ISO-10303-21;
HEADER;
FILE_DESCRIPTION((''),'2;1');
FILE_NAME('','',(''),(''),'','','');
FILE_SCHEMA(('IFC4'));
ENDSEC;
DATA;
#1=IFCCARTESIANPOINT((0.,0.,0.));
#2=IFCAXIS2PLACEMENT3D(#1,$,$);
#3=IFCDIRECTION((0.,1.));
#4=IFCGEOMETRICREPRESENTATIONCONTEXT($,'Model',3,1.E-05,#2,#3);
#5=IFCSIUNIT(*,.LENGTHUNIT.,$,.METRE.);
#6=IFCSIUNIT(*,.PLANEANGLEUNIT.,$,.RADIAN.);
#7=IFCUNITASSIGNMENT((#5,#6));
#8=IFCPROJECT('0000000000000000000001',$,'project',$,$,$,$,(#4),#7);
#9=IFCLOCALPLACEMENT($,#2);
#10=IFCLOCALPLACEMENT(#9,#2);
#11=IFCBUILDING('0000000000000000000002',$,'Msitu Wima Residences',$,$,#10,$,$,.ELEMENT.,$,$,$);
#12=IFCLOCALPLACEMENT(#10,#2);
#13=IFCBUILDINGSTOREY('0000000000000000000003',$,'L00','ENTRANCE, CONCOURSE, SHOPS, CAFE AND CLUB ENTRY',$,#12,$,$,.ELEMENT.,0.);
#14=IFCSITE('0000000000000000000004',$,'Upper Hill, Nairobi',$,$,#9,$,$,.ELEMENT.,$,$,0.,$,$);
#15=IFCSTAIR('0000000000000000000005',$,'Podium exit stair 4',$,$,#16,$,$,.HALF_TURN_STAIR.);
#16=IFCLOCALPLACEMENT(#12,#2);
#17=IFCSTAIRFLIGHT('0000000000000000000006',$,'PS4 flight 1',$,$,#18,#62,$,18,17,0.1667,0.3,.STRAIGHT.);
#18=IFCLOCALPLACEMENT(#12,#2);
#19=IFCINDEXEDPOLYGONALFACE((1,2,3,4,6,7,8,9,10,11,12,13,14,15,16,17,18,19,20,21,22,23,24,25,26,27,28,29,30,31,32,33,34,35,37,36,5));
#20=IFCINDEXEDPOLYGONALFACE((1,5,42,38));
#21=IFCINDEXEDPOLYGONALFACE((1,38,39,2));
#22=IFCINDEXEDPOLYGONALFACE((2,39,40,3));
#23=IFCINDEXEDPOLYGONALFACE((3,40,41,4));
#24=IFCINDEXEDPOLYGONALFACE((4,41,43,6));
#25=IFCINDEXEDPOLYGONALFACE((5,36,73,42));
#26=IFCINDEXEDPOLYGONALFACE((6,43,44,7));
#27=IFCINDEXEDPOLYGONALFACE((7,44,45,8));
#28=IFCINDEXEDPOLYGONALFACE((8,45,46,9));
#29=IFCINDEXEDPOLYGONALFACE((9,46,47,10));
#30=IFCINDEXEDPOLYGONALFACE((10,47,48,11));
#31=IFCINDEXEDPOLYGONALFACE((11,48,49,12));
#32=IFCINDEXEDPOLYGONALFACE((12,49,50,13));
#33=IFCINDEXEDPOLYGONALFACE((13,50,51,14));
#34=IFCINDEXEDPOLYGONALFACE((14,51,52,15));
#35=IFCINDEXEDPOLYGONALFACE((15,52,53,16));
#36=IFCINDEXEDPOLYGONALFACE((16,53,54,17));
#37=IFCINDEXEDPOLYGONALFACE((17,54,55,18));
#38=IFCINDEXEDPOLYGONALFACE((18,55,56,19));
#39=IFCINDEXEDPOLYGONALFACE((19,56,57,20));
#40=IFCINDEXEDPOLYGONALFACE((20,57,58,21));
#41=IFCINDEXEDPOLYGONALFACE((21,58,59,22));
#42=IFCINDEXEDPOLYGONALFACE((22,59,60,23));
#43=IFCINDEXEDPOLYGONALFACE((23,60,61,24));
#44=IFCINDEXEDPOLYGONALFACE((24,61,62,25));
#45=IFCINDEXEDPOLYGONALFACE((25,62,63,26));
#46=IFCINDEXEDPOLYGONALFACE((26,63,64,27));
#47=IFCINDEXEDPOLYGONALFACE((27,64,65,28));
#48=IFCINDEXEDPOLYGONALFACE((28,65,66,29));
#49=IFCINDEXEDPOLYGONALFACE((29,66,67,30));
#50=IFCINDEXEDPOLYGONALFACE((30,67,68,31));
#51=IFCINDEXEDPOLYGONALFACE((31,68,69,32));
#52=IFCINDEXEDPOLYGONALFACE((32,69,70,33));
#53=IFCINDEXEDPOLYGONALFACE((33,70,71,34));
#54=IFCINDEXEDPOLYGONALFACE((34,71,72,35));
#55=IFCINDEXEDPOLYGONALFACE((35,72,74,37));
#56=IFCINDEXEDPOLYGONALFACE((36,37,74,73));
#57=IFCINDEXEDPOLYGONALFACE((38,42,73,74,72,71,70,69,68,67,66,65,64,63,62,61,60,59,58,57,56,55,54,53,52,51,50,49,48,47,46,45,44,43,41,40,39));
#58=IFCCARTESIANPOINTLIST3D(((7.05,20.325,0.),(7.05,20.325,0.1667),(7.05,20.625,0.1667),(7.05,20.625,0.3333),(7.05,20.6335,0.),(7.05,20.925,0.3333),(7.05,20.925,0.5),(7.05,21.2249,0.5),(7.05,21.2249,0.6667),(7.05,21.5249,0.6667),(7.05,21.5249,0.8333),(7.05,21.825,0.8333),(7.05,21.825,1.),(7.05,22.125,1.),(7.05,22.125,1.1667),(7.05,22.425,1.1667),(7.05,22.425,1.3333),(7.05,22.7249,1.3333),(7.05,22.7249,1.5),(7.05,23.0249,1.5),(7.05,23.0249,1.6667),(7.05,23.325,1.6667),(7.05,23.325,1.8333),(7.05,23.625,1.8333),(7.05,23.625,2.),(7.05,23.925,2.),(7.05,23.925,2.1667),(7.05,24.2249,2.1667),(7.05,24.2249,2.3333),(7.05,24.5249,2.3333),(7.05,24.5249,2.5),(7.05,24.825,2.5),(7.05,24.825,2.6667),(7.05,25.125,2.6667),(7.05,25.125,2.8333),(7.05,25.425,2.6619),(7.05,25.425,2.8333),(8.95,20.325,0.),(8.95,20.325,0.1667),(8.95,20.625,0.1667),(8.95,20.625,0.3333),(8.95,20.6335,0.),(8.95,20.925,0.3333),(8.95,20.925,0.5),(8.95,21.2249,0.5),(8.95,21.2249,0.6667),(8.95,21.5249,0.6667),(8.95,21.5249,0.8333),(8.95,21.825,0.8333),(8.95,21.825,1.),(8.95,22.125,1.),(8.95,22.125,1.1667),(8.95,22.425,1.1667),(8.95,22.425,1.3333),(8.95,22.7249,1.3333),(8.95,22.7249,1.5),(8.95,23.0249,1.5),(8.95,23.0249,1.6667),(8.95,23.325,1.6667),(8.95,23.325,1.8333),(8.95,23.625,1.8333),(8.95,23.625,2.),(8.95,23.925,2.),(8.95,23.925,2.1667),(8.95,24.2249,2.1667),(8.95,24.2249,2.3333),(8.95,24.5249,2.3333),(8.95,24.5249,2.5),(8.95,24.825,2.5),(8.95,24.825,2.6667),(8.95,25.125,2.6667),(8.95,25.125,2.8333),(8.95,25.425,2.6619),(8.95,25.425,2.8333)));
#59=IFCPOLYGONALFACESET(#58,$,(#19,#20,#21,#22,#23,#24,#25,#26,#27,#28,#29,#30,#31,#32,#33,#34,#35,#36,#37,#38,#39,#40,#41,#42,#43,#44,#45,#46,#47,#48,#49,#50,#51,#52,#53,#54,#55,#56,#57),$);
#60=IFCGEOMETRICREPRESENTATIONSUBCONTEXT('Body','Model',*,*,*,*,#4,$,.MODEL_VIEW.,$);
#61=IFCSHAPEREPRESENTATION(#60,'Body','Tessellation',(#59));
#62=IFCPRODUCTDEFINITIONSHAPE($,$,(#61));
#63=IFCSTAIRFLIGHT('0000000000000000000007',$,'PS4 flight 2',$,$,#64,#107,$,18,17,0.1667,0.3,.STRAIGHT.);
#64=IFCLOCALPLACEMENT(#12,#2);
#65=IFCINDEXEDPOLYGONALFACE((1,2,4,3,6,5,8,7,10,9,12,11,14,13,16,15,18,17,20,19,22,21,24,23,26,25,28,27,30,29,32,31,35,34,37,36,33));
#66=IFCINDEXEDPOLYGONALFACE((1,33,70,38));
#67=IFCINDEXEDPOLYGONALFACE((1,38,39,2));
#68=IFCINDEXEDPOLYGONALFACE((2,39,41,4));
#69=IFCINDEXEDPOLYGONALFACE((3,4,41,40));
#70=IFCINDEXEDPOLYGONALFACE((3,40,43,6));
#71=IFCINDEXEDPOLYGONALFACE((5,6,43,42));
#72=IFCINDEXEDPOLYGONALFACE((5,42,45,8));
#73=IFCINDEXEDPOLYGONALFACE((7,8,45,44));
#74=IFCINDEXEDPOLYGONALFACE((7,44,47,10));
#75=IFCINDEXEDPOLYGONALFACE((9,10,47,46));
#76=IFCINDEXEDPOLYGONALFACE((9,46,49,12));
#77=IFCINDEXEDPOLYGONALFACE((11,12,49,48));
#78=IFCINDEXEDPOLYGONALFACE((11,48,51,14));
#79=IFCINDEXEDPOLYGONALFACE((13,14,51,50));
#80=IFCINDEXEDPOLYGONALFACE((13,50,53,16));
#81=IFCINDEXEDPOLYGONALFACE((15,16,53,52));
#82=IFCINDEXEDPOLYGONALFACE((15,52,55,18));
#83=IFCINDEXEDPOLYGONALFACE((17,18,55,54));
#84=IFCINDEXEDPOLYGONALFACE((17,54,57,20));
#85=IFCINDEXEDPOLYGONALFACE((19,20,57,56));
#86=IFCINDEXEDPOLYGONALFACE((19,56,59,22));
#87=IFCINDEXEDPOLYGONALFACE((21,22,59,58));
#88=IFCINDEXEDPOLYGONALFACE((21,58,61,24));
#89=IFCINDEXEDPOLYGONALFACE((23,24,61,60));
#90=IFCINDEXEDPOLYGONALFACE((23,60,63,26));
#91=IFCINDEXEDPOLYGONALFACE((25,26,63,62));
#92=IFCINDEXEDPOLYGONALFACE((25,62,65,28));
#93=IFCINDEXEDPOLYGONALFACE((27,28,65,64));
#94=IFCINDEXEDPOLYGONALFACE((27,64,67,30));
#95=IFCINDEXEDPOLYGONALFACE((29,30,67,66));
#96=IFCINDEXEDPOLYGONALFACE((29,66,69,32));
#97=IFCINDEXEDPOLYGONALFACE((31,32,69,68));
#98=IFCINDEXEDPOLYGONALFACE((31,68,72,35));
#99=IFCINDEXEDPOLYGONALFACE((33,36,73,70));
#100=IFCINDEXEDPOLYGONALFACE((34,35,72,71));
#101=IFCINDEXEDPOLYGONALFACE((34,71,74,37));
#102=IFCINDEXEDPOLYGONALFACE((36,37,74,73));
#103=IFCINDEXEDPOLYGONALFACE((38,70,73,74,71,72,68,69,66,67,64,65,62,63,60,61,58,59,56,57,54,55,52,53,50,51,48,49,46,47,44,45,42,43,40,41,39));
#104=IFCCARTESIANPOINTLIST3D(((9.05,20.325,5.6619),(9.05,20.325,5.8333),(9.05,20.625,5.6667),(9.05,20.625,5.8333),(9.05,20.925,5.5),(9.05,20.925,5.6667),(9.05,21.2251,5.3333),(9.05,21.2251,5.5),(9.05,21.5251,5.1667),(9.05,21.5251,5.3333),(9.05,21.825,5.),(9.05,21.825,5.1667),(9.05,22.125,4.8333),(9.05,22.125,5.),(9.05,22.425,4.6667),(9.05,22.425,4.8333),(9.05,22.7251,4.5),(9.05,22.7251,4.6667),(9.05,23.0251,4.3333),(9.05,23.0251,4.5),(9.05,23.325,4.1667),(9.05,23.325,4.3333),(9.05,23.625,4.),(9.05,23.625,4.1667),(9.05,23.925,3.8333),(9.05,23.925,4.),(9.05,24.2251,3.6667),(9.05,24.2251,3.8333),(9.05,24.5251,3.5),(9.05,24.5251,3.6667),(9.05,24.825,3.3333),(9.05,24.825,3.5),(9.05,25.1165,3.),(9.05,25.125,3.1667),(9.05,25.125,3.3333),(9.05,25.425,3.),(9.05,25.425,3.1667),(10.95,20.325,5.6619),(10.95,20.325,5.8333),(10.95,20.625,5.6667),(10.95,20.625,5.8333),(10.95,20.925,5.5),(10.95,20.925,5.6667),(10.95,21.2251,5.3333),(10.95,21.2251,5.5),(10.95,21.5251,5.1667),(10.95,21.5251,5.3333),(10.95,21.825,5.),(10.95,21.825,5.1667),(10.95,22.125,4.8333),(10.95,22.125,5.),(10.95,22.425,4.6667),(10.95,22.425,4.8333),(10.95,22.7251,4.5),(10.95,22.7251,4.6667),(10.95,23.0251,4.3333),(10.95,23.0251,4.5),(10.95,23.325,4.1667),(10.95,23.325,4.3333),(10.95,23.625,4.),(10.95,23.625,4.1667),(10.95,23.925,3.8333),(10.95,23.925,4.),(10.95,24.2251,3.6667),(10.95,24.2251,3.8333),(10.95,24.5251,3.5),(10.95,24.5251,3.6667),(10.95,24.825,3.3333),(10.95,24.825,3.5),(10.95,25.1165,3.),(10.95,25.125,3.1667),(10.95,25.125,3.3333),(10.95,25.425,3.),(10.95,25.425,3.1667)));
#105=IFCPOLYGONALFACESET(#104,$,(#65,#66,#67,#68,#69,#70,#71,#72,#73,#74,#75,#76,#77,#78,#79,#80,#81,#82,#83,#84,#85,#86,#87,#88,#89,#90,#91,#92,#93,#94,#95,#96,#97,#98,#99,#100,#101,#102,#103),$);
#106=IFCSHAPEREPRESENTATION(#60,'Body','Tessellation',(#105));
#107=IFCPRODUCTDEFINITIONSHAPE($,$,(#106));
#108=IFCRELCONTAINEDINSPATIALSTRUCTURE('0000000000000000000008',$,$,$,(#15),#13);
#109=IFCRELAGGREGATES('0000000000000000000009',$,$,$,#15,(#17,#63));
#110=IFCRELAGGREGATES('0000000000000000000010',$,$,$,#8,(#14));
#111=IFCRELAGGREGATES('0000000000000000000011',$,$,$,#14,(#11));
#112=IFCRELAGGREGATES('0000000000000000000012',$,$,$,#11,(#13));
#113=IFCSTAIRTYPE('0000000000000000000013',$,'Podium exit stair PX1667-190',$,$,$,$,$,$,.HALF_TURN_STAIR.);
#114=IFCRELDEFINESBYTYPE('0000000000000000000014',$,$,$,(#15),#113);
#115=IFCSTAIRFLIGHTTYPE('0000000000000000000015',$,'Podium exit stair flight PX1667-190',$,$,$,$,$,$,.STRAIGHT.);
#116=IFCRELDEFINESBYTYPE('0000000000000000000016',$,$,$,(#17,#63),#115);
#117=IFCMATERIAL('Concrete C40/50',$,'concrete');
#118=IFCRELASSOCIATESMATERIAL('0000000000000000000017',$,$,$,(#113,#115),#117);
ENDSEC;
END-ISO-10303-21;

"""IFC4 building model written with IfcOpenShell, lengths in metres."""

from ifc_helpers import new_model, si_unit, direction, frame, origin, place, context, subcontext, project, spatial, polyline, outline, extrude, material, type_object, element, aggregate, save


model = new_model("IFC4")

# Units and contexts
model_context = context("Model", 3, precision=1e-05, world=origin(), true_north=direction((0.0, 1.0)))
body_context = subcontext(model_context, "Body", "Model", "MODEL_VIEW")
ifc_project = project(units=[si_unit("LENGTHUNIT", "METRE"), si_unit("PLANEANGLEUNIT", "RADIAN")], contexts=[model_context])

# Site, building, storey
site_placement = place(None, origin())
site = spatial("IfcSite", under=ifc_project, at=site_placement, Name="Upper Hill, Nairobi", CompositionType="ELEMENT", RefElevation=0.0)
building_placement = place(site_placement, origin())
building = spatial("IfcBuilding", under=site, at=building_placement, Name="Msitu Wima Residences", CompositionType="ELEMENT")
storey_placement = place(building_placement, origin())
storey = spatial("IfcBuildingStorey", under=building, at=storey_placement, Name="L00", Description="ENTRANCE, CONCOURSE, SHOPS, CAFE AND CLUB ENTRY", CompositionType="ELEMENT", Elevation=0.0)

# Shared definitions
ifc_material_1 = material(Name="Concrete C40/50", Category="concrete")

# Stair, stair flights
stair_type = type_object("IfcStairType", Name="Podium exit stair PX1667-190", PredefinedType="HALF_TURN_STAIR", material=ifc_material_1)
stair_placement = place(storey_placement, origin())
stair = element("IfcStair", 1, at=stair_placement, inside=storey, type_object=stair_type, Name="Podium exit stair 4", PredefinedType="HALF_TURN_STAIR")
stair_flight_type = type_object("IfcStairFlightType", Name="Podium exit stair flight PX1667-190", PredefinedType="STRAIGHT", material=ifc_material_1)
stair_flight_1_placement = place(storey_placement, frame((8.0, 20.325, 0.0), z_axis=(0.0, 0.0, 1.0), x_axis=(0.0, 1.0, 0.0)))
stair_flight_1 = element("IfcStairFlight", 2, at=stair_flight_1_placement, type_object=stair_flight_type, Name="PS4 flight 1", NumberOfRisers=18, NumberOfTreads=17, PredefinedType="STRAIGHT", RiserHeight=0.1667, TreadLength=0.3, context=body_context, shape_type="SweptSolid", body=[
    extrude(outline(polyline([(0.0, 0.0), (0.0, 0.1667), (0.3, 0.1667), (0.3, 0.3333), (0.6001, 0.3333), (0.6001, 0.5), (0.8999, 0.5), (0.8999, 0.6667), (1.2, 0.6667), (1.2, 0.8333), (1.5, 0.8333), (1.5, 1.0), (1.8, 1.0), (1.8, 1.1667), (2.1001, 1.1667), (2.1001, 1.3333), (2.3999, 1.3333), (2.3999, 1.5), (2.7, 1.5), (2.7, 1.6667), (3.0, 1.6667), (3.0, 1.8333), (3.3, 1.8333), (3.3, 2.0), (3.6001, 2.0), (3.6001, 2.1667), (3.8999, 2.1667), (3.8999, 2.3333), (4.2, 2.3333), (4.2, 2.5), (4.5, 2.5), (4.5, 2.6667), (4.8, 2.6667), (4.8, 2.8333), (5.1001, 2.8333), (5.1001, 3.0), (5.1001, 2.6619), (0.3086, 0.0), (0.0, 0.0)])), frame((0.0, 0.95, 0.0), z_axis=(0.0, -1.0, 0.0), x_axis=(1.0, 0.0, 0.0)), (0.0, 0.0, 1.0), 1.8999),
])
stair_flight_2_placement = place(storey_placement, frame((10.0, 25.425, 3.0), z_axis=(0.0, 0.0, 1.0), x_axis=(0.0, -1.0, 0.0)))
stair_flight_2 = element("IfcStairFlight", 3, at=stair_flight_2_placement, type_object=stair_flight_type, Name="PS4 flight 2", NumberOfRisers=18, NumberOfTreads=17, PredefinedType="STRAIGHT", RiserHeight=0.1667, TreadLength=0.3, context=body_context, shape_type="SweptSolid", body=[
    extrude(outline(polyline([(0.0, 0.0), (0.0, 0.1667), (0.3, 0.1667), (0.3, 0.3333), (0.6001, 0.3333), (0.6001, 0.5), (0.8999, 0.5), (0.8999, 0.6667), (1.2, 0.6667), (1.2, 0.8333), (1.5, 0.8333), (1.5, 1.0), (1.8, 1.0), (1.8, 1.1667), (2.1001, 1.1667), (2.1001, 1.3333), (2.3999, 1.3333), (2.3999, 1.5), (2.7, 1.5), (2.7, 1.6667), (3.0, 1.6667), (3.0, 1.8333), (3.3, 1.8333), (3.3, 2.0), (3.6001, 2.0), (3.6001, 2.1667), (3.8999, 2.1667), (3.8999, 2.3333), (4.2, 2.3333), (4.2, 2.5), (4.5, 2.5), (4.5, 2.6667), (4.8, 2.6667), (4.8, 2.8333), (5.1001, 2.8333), (5.1001, 3.0), (5.1001, 2.6619), (0.3086, 0.0), (0.0, 0.0)])), frame((0.0, 0.95, 0.0), z_axis=(0.0, -1.0, 0.0), x_axis=(1.0, 0.0, 0.0)), (0.0, 0.0, 1.0), 1.8999),
])
aggregate(stair, [stair_flight_1, stair_flight_2])

save(model, "model.ifc")
